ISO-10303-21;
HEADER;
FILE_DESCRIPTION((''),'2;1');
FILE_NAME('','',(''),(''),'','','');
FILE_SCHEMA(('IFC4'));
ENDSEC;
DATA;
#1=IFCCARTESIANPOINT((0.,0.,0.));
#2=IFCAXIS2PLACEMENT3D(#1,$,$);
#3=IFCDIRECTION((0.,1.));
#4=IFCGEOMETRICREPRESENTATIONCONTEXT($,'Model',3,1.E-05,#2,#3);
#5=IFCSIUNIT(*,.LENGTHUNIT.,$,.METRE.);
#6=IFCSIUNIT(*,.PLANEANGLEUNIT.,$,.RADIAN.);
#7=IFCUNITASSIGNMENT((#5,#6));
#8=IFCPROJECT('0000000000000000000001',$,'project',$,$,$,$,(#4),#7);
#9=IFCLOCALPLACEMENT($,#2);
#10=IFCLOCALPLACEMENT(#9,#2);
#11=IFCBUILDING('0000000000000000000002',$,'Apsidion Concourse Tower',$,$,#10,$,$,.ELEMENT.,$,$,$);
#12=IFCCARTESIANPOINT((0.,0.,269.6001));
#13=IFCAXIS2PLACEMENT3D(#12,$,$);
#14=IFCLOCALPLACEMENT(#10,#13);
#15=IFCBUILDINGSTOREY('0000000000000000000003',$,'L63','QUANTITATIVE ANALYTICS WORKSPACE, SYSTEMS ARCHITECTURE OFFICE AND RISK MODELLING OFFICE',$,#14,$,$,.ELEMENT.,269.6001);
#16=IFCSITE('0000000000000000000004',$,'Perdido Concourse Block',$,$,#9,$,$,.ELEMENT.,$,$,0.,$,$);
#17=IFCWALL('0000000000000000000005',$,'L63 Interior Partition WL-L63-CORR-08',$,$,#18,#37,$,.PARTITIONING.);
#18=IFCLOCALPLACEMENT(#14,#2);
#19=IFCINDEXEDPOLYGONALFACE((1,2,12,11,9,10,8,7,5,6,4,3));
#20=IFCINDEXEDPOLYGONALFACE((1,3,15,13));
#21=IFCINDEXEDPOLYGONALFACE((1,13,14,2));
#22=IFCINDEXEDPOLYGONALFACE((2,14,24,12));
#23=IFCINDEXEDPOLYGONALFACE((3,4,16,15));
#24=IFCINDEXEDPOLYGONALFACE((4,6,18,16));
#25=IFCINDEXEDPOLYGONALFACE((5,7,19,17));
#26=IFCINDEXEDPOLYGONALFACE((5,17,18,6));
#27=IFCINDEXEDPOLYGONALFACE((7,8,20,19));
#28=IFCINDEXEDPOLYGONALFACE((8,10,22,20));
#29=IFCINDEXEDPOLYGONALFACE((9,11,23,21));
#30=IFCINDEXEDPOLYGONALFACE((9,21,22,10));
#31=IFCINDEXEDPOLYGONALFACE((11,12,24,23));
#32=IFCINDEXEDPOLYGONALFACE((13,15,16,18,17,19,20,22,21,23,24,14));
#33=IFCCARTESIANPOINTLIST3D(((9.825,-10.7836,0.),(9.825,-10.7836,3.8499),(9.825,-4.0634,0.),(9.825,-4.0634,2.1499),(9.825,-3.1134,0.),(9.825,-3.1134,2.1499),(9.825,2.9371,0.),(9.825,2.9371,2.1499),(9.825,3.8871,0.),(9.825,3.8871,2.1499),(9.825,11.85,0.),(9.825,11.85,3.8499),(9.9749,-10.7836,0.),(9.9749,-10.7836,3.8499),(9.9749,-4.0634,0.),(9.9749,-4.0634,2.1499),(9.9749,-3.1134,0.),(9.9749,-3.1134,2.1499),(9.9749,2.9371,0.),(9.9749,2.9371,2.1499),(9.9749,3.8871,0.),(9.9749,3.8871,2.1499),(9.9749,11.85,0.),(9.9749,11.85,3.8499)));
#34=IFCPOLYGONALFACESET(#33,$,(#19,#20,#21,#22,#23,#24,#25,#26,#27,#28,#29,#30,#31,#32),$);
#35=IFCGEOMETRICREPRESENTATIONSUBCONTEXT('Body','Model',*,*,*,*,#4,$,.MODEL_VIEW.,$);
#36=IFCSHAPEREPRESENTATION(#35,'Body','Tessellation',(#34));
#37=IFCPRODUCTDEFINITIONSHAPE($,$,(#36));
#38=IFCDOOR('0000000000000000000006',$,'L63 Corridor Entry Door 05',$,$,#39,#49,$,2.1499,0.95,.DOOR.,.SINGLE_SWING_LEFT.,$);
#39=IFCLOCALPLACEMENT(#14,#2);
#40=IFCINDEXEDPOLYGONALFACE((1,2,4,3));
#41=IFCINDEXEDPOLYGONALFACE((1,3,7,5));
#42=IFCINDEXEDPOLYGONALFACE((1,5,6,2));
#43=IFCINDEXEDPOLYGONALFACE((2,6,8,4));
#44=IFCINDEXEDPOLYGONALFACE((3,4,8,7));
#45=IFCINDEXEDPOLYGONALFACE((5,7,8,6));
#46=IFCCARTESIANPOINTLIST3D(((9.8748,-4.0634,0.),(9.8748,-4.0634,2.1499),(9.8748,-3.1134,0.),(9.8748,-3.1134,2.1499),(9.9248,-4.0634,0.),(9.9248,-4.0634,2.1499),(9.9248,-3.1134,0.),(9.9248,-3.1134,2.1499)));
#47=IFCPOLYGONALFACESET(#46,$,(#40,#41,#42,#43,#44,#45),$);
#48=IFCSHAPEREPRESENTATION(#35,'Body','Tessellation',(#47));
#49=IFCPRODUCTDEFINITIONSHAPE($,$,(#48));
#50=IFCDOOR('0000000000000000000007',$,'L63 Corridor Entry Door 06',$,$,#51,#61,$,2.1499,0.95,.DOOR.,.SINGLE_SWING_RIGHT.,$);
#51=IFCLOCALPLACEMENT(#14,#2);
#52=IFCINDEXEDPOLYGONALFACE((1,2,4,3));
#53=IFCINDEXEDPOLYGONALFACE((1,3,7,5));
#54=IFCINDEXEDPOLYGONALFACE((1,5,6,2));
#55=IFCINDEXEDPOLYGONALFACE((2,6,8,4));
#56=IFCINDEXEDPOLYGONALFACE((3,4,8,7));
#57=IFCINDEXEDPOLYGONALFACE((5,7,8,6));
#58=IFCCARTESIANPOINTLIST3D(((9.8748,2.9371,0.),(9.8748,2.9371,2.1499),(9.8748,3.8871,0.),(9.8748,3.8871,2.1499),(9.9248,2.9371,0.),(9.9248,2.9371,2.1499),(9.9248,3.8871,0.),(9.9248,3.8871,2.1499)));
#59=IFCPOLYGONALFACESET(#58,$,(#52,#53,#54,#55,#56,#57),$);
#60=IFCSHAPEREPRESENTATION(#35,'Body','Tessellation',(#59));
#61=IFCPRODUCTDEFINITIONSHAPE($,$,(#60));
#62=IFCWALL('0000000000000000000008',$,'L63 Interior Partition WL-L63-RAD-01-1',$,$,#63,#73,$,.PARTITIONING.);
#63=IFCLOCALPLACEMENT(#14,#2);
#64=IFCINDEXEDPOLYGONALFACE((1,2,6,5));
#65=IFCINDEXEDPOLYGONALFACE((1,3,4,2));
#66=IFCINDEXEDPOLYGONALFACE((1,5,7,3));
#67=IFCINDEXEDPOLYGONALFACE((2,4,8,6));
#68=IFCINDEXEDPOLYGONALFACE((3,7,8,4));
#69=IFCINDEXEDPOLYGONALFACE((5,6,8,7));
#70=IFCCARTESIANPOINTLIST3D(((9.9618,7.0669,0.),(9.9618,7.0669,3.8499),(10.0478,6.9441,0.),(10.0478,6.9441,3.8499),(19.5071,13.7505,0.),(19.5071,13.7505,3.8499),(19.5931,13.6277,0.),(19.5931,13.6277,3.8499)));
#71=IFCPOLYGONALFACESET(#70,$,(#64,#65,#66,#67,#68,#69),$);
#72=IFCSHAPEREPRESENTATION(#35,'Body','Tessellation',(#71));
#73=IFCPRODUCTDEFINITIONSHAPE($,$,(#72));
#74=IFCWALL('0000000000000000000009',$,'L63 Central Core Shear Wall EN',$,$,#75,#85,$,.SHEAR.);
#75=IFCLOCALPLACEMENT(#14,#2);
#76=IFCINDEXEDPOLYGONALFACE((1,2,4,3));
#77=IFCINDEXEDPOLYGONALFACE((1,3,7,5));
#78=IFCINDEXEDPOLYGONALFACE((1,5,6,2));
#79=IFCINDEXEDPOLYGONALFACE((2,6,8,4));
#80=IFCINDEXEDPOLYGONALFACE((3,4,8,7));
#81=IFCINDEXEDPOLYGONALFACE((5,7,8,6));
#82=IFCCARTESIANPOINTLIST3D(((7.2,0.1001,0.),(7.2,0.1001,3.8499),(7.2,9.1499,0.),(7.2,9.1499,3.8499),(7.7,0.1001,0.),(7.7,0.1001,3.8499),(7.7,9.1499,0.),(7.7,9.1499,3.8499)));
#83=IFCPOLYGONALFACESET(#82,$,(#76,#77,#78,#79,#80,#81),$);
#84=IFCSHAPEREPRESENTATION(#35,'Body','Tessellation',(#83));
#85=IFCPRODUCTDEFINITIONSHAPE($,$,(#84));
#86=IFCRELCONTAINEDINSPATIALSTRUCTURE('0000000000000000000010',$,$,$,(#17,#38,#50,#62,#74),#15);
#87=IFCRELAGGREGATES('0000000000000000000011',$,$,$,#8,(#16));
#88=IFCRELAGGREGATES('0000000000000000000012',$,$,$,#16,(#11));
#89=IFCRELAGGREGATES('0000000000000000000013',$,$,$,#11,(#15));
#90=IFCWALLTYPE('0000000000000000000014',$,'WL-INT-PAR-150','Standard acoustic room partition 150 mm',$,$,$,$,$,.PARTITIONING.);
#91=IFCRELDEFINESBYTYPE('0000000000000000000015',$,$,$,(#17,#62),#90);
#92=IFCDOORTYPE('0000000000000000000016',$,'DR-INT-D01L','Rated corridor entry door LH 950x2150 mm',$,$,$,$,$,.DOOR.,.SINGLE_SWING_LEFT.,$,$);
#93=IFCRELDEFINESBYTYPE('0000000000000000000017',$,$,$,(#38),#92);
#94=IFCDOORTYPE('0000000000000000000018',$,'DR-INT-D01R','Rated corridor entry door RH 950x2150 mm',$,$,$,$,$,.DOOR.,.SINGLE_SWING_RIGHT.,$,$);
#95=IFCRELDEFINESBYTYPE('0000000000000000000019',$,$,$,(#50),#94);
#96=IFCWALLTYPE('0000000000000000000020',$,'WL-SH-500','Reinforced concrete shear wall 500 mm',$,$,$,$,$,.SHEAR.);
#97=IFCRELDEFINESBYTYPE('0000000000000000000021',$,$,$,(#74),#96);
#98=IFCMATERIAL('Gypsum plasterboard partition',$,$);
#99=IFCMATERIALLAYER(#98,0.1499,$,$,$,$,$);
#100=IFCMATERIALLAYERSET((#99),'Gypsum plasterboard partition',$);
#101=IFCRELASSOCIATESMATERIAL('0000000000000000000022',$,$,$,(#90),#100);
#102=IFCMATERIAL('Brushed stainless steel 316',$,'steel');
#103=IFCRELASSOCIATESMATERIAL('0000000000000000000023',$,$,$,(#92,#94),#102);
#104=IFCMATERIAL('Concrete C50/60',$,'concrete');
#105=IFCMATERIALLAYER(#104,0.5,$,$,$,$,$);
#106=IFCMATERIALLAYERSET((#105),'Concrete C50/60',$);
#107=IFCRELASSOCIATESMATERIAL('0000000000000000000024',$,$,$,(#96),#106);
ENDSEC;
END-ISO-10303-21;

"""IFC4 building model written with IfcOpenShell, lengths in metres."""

from ifc_helpers import new_model, si_unit, direction, frame, frame_2d, origin, place, context, subcontext, project, spatial, rectangle, extrude, material, layer, layer_set, type_object, element, fill, save


model = new_model("IFC4")

# Units and contexts
model_context = context("Model", 3, precision=1e-05, world=origin(), true_north=direction((0.0, 1.0)))
body_context = subcontext(model_context, "Body", "Model", "MODEL_VIEW")
ifc_project = project(units=[si_unit("LENGTHUNIT", "METRE"), si_unit("PLANEANGLEUNIT", "RADIAN")], contexts=[model_context])

# Site, building, storey
site_placement = place(None, origin())
site = spatial("IfcSite", under=ifc_project, at=site_placement, Name="Perdido Concourse Block", CompositionType="ELEMENT", RefElevation=0.0)
building_placement = place(site_placement, origin())
building = spatial("IfcBuilding", under=site, at=building_placement, Name="Apsidion Concourse Tower", CompositionType="ELEMENT")
storey_placement = place(building_placement, frame((0.0, 0.0, 269.6001)))
storey = spatial("IfcBuildingStorey", under=building, at=storey_placement, Name="L63", Description="QUANTITATIVE ANALYTICS WORKSPACE, SYSTEMS ARCHITECTURE OFFICE AND RISK MODELLING OFFICE", CompositionType="ELEMENT", Elevation=269.6001)

# Shared definitions
ifc_material_1 = material(Name="Concrete C50/60", Category="concrete")

# Wall, openings, doors
ifc_material_2 = material(Name="Gypsum plasterboard partition")
ifc_layer_1 = layer(ifc_material_2, 0.1499)
ifc_layer_set_1 = layer_set([ifc_layer_1], Name="Gypsum plasterboard partition")
wall_type_1 = type_object("IfcWallType", Name="WL-INT-PAR-150", Description="Standard acoustic room partition 150 mm", PredefinedType="PARTITIONING", material=ifc_layer_set_1)
wall_1_placement = place(storey_placement, frame((9.8999, 11.8501, 0.0), z_axis=(0.0, 0.0, 1.0), x_axis=(0.0, -1.0, 0.0)))
wall_1 = element("IfcWall", 1, at=wall_1_placement, inside=storey, type_object=wall_type_1, Name="L63 Interior Partition WL-L63-CORR-08", PredefinedType="PARTITIONING", context=body_context, shape_type="SweptSolid", body=[
    extrude(rectangle(XDim=22.6335, YDim=0.1499, at=frame_2d((11.3169, 0.0))), origin(), (0.0, 0.0, 1.0), 3.8499),
])
opening_1_placement = place(wall_1_placement, frame((14.9634, 0.0, 0.0)))
opening_1 = element("IfcOpeningElement", 2, at=opening_1_placement, cuts=wall_1, PredefinedType="OPENING", context=body_context, shape_type="SweptSolid", body=[
    extrude(rectangle(XDim=0.95, YDim=2.1499, at=frame_2d((0.4751, 1.075))), frame((0.0, 0.085, 0.0), z_axis=(0.0, -1.0, 0.0), x_axis=(1.0, 0.0, 0.0)), (0.0, 0.0, 1.0), 0.1699),
])
opening_2_placement = place(wall_1_placement, frame((7.9629, 0.0, 0.0)))
opening_2 = element("IfcOpeningElement", 3, at=opening_2_placement, cuts=wall_1, PredefinedType="OPENING", context=body_context, shape_type="SweptSolid", body=[
    extrude(rectangle(XDim=0.95, YDim=2.1499, at=frame_2d((0.4751, 1.075))), frame((0.0, 0.085, 0.0), z_axis=(0.0, -1.0, 0.0), x_axis=(1.0, 0.0, 0.0)), (0.0, 0.0, 1.0), 0.1699),
])
ifc_material_3 = material(Name="Brushed stainless steel 316", Category="steel")
door_type_1 = type_object("IfcDoorType", Name="DR-INT-D01L", Description="Rated corridor entry door LH 950x2150 mm", OperationType="SINGLE_SWING_LEFT", PredefinedType="DOOR", material=ifc_material_3)
door_1_placement = place(opening_1_placement, origin())
door_1 = element("IfcDoor", 4, at=door_1_placement, inside=storey, type_object=door_type_1, Name="L63 Corridor Entry Door 05", OperationType="SINGLE_SWING_LEFT", OverallHeight=2.1499, OverallWidth=0.95, PredefinedType="DOOR", context=body_context, shape_type="SweptSolid", body=[
    extrude(rectangle(XDim=0.95, YDim=2.1499, at=frame_2d((0.4751, 1.075))), frame((0.0, 0.0249, 0.0), z_axis=(0.0, -1.0, 0.0), x_axis=(1.0, 0.0, 0.0)), (0.0, 0.0, 1.0), 0.05),
])
fill(opening_1, door_1)
door_type_2 = type_object("IfcDoorType", Name="DR-INT-D01R", Description="Rated corridor entry door RH 950x2150 mm", OperationType="SINGLE_SWING_RIGHT", PredefinedType="DOOR", material=ifc_material_3)
door_2_placement = place(opening_2_placement, origin())
door_2 = element("IfcDoor", 5, at=door_2_placement, inside=storey, type_object=door_type_2, Name="L63 Corridor Entry Door 06", OperationType="SINGLE_SWING_RIGHT", OverallHeight=2.1499, OverallWidth=0.95, PredefinedType="DOOR", context=body_context, shape_type="SweptSolid", body=[
    extrude(rectangle(XDim=0.95, YDim=2.1499, at=frame_2d((0.4751, 1.075))), frame((0.0, 0.0249, 0.0), z_axis=(0.0, -1.0, 0.0), x_axis=(1.0, 0.0, 0.0)), (0.0, 0.0, 1.0), 0.05),
])
fill(opening_2, door_2)

# Walls
wall_2_placement = place(storey_placement, frame((10.0049, 7.0056, 0.0), z_axis=(0.0, 0.0, 1.0), x_axis=(0.819159, 0.573566, 0.0)))
element("IfcWall", 6, at=wall_2_placement, inside=storey, type_object=wall_type_1, Name="L63 Interior Partition WL-L63-RAD-01-1", PredefinedType="PARTITIONING", context=body_context, shape_type="SweptSolid", body=[
    extrude(rectangle(XDim=11.6526, YDim=0.1499, at=frame_2d((5.8262, 0.0))), origin(), (0.0, 0.0, 1.0), 3.8499),
])
ifc_layer_2 = layer(ifc_material_1, 0.5)
ifc_layer_set_2 = layer_set([ifc_layer_2], Name="Concrete C50/60")
wall_type_2 = type_object("IfcWallType", Name="WL-SH-500", Description="Reinforced concrete shear wall 500 mm", PredefinedType="SHEAR", material=ifc_layer_set_2)
wall_3_placement = place(storey_placement, frame((7.45, 0.1001, 0.0), z_axis=(0.0, 0.0, 1.0), x_axis=(0.0, 1.0, 0.0)))
element("IfcWall", 7, at=wall_3_placement, inside=storey, type_object=wall_type_2, Name="L63 Central Core Shear Wall EN", PredefinedType="SHEAR", context=body_context, shape_type="SweptSolid", body=[
    extrude(rectangle(XDim=9.0498, YDim=0.5, at=frame_2d((4.5249, 0.0))), origin(), (0.0, 0.0, 1.0), 3.8499),
])

save(model, "model.ifc")
